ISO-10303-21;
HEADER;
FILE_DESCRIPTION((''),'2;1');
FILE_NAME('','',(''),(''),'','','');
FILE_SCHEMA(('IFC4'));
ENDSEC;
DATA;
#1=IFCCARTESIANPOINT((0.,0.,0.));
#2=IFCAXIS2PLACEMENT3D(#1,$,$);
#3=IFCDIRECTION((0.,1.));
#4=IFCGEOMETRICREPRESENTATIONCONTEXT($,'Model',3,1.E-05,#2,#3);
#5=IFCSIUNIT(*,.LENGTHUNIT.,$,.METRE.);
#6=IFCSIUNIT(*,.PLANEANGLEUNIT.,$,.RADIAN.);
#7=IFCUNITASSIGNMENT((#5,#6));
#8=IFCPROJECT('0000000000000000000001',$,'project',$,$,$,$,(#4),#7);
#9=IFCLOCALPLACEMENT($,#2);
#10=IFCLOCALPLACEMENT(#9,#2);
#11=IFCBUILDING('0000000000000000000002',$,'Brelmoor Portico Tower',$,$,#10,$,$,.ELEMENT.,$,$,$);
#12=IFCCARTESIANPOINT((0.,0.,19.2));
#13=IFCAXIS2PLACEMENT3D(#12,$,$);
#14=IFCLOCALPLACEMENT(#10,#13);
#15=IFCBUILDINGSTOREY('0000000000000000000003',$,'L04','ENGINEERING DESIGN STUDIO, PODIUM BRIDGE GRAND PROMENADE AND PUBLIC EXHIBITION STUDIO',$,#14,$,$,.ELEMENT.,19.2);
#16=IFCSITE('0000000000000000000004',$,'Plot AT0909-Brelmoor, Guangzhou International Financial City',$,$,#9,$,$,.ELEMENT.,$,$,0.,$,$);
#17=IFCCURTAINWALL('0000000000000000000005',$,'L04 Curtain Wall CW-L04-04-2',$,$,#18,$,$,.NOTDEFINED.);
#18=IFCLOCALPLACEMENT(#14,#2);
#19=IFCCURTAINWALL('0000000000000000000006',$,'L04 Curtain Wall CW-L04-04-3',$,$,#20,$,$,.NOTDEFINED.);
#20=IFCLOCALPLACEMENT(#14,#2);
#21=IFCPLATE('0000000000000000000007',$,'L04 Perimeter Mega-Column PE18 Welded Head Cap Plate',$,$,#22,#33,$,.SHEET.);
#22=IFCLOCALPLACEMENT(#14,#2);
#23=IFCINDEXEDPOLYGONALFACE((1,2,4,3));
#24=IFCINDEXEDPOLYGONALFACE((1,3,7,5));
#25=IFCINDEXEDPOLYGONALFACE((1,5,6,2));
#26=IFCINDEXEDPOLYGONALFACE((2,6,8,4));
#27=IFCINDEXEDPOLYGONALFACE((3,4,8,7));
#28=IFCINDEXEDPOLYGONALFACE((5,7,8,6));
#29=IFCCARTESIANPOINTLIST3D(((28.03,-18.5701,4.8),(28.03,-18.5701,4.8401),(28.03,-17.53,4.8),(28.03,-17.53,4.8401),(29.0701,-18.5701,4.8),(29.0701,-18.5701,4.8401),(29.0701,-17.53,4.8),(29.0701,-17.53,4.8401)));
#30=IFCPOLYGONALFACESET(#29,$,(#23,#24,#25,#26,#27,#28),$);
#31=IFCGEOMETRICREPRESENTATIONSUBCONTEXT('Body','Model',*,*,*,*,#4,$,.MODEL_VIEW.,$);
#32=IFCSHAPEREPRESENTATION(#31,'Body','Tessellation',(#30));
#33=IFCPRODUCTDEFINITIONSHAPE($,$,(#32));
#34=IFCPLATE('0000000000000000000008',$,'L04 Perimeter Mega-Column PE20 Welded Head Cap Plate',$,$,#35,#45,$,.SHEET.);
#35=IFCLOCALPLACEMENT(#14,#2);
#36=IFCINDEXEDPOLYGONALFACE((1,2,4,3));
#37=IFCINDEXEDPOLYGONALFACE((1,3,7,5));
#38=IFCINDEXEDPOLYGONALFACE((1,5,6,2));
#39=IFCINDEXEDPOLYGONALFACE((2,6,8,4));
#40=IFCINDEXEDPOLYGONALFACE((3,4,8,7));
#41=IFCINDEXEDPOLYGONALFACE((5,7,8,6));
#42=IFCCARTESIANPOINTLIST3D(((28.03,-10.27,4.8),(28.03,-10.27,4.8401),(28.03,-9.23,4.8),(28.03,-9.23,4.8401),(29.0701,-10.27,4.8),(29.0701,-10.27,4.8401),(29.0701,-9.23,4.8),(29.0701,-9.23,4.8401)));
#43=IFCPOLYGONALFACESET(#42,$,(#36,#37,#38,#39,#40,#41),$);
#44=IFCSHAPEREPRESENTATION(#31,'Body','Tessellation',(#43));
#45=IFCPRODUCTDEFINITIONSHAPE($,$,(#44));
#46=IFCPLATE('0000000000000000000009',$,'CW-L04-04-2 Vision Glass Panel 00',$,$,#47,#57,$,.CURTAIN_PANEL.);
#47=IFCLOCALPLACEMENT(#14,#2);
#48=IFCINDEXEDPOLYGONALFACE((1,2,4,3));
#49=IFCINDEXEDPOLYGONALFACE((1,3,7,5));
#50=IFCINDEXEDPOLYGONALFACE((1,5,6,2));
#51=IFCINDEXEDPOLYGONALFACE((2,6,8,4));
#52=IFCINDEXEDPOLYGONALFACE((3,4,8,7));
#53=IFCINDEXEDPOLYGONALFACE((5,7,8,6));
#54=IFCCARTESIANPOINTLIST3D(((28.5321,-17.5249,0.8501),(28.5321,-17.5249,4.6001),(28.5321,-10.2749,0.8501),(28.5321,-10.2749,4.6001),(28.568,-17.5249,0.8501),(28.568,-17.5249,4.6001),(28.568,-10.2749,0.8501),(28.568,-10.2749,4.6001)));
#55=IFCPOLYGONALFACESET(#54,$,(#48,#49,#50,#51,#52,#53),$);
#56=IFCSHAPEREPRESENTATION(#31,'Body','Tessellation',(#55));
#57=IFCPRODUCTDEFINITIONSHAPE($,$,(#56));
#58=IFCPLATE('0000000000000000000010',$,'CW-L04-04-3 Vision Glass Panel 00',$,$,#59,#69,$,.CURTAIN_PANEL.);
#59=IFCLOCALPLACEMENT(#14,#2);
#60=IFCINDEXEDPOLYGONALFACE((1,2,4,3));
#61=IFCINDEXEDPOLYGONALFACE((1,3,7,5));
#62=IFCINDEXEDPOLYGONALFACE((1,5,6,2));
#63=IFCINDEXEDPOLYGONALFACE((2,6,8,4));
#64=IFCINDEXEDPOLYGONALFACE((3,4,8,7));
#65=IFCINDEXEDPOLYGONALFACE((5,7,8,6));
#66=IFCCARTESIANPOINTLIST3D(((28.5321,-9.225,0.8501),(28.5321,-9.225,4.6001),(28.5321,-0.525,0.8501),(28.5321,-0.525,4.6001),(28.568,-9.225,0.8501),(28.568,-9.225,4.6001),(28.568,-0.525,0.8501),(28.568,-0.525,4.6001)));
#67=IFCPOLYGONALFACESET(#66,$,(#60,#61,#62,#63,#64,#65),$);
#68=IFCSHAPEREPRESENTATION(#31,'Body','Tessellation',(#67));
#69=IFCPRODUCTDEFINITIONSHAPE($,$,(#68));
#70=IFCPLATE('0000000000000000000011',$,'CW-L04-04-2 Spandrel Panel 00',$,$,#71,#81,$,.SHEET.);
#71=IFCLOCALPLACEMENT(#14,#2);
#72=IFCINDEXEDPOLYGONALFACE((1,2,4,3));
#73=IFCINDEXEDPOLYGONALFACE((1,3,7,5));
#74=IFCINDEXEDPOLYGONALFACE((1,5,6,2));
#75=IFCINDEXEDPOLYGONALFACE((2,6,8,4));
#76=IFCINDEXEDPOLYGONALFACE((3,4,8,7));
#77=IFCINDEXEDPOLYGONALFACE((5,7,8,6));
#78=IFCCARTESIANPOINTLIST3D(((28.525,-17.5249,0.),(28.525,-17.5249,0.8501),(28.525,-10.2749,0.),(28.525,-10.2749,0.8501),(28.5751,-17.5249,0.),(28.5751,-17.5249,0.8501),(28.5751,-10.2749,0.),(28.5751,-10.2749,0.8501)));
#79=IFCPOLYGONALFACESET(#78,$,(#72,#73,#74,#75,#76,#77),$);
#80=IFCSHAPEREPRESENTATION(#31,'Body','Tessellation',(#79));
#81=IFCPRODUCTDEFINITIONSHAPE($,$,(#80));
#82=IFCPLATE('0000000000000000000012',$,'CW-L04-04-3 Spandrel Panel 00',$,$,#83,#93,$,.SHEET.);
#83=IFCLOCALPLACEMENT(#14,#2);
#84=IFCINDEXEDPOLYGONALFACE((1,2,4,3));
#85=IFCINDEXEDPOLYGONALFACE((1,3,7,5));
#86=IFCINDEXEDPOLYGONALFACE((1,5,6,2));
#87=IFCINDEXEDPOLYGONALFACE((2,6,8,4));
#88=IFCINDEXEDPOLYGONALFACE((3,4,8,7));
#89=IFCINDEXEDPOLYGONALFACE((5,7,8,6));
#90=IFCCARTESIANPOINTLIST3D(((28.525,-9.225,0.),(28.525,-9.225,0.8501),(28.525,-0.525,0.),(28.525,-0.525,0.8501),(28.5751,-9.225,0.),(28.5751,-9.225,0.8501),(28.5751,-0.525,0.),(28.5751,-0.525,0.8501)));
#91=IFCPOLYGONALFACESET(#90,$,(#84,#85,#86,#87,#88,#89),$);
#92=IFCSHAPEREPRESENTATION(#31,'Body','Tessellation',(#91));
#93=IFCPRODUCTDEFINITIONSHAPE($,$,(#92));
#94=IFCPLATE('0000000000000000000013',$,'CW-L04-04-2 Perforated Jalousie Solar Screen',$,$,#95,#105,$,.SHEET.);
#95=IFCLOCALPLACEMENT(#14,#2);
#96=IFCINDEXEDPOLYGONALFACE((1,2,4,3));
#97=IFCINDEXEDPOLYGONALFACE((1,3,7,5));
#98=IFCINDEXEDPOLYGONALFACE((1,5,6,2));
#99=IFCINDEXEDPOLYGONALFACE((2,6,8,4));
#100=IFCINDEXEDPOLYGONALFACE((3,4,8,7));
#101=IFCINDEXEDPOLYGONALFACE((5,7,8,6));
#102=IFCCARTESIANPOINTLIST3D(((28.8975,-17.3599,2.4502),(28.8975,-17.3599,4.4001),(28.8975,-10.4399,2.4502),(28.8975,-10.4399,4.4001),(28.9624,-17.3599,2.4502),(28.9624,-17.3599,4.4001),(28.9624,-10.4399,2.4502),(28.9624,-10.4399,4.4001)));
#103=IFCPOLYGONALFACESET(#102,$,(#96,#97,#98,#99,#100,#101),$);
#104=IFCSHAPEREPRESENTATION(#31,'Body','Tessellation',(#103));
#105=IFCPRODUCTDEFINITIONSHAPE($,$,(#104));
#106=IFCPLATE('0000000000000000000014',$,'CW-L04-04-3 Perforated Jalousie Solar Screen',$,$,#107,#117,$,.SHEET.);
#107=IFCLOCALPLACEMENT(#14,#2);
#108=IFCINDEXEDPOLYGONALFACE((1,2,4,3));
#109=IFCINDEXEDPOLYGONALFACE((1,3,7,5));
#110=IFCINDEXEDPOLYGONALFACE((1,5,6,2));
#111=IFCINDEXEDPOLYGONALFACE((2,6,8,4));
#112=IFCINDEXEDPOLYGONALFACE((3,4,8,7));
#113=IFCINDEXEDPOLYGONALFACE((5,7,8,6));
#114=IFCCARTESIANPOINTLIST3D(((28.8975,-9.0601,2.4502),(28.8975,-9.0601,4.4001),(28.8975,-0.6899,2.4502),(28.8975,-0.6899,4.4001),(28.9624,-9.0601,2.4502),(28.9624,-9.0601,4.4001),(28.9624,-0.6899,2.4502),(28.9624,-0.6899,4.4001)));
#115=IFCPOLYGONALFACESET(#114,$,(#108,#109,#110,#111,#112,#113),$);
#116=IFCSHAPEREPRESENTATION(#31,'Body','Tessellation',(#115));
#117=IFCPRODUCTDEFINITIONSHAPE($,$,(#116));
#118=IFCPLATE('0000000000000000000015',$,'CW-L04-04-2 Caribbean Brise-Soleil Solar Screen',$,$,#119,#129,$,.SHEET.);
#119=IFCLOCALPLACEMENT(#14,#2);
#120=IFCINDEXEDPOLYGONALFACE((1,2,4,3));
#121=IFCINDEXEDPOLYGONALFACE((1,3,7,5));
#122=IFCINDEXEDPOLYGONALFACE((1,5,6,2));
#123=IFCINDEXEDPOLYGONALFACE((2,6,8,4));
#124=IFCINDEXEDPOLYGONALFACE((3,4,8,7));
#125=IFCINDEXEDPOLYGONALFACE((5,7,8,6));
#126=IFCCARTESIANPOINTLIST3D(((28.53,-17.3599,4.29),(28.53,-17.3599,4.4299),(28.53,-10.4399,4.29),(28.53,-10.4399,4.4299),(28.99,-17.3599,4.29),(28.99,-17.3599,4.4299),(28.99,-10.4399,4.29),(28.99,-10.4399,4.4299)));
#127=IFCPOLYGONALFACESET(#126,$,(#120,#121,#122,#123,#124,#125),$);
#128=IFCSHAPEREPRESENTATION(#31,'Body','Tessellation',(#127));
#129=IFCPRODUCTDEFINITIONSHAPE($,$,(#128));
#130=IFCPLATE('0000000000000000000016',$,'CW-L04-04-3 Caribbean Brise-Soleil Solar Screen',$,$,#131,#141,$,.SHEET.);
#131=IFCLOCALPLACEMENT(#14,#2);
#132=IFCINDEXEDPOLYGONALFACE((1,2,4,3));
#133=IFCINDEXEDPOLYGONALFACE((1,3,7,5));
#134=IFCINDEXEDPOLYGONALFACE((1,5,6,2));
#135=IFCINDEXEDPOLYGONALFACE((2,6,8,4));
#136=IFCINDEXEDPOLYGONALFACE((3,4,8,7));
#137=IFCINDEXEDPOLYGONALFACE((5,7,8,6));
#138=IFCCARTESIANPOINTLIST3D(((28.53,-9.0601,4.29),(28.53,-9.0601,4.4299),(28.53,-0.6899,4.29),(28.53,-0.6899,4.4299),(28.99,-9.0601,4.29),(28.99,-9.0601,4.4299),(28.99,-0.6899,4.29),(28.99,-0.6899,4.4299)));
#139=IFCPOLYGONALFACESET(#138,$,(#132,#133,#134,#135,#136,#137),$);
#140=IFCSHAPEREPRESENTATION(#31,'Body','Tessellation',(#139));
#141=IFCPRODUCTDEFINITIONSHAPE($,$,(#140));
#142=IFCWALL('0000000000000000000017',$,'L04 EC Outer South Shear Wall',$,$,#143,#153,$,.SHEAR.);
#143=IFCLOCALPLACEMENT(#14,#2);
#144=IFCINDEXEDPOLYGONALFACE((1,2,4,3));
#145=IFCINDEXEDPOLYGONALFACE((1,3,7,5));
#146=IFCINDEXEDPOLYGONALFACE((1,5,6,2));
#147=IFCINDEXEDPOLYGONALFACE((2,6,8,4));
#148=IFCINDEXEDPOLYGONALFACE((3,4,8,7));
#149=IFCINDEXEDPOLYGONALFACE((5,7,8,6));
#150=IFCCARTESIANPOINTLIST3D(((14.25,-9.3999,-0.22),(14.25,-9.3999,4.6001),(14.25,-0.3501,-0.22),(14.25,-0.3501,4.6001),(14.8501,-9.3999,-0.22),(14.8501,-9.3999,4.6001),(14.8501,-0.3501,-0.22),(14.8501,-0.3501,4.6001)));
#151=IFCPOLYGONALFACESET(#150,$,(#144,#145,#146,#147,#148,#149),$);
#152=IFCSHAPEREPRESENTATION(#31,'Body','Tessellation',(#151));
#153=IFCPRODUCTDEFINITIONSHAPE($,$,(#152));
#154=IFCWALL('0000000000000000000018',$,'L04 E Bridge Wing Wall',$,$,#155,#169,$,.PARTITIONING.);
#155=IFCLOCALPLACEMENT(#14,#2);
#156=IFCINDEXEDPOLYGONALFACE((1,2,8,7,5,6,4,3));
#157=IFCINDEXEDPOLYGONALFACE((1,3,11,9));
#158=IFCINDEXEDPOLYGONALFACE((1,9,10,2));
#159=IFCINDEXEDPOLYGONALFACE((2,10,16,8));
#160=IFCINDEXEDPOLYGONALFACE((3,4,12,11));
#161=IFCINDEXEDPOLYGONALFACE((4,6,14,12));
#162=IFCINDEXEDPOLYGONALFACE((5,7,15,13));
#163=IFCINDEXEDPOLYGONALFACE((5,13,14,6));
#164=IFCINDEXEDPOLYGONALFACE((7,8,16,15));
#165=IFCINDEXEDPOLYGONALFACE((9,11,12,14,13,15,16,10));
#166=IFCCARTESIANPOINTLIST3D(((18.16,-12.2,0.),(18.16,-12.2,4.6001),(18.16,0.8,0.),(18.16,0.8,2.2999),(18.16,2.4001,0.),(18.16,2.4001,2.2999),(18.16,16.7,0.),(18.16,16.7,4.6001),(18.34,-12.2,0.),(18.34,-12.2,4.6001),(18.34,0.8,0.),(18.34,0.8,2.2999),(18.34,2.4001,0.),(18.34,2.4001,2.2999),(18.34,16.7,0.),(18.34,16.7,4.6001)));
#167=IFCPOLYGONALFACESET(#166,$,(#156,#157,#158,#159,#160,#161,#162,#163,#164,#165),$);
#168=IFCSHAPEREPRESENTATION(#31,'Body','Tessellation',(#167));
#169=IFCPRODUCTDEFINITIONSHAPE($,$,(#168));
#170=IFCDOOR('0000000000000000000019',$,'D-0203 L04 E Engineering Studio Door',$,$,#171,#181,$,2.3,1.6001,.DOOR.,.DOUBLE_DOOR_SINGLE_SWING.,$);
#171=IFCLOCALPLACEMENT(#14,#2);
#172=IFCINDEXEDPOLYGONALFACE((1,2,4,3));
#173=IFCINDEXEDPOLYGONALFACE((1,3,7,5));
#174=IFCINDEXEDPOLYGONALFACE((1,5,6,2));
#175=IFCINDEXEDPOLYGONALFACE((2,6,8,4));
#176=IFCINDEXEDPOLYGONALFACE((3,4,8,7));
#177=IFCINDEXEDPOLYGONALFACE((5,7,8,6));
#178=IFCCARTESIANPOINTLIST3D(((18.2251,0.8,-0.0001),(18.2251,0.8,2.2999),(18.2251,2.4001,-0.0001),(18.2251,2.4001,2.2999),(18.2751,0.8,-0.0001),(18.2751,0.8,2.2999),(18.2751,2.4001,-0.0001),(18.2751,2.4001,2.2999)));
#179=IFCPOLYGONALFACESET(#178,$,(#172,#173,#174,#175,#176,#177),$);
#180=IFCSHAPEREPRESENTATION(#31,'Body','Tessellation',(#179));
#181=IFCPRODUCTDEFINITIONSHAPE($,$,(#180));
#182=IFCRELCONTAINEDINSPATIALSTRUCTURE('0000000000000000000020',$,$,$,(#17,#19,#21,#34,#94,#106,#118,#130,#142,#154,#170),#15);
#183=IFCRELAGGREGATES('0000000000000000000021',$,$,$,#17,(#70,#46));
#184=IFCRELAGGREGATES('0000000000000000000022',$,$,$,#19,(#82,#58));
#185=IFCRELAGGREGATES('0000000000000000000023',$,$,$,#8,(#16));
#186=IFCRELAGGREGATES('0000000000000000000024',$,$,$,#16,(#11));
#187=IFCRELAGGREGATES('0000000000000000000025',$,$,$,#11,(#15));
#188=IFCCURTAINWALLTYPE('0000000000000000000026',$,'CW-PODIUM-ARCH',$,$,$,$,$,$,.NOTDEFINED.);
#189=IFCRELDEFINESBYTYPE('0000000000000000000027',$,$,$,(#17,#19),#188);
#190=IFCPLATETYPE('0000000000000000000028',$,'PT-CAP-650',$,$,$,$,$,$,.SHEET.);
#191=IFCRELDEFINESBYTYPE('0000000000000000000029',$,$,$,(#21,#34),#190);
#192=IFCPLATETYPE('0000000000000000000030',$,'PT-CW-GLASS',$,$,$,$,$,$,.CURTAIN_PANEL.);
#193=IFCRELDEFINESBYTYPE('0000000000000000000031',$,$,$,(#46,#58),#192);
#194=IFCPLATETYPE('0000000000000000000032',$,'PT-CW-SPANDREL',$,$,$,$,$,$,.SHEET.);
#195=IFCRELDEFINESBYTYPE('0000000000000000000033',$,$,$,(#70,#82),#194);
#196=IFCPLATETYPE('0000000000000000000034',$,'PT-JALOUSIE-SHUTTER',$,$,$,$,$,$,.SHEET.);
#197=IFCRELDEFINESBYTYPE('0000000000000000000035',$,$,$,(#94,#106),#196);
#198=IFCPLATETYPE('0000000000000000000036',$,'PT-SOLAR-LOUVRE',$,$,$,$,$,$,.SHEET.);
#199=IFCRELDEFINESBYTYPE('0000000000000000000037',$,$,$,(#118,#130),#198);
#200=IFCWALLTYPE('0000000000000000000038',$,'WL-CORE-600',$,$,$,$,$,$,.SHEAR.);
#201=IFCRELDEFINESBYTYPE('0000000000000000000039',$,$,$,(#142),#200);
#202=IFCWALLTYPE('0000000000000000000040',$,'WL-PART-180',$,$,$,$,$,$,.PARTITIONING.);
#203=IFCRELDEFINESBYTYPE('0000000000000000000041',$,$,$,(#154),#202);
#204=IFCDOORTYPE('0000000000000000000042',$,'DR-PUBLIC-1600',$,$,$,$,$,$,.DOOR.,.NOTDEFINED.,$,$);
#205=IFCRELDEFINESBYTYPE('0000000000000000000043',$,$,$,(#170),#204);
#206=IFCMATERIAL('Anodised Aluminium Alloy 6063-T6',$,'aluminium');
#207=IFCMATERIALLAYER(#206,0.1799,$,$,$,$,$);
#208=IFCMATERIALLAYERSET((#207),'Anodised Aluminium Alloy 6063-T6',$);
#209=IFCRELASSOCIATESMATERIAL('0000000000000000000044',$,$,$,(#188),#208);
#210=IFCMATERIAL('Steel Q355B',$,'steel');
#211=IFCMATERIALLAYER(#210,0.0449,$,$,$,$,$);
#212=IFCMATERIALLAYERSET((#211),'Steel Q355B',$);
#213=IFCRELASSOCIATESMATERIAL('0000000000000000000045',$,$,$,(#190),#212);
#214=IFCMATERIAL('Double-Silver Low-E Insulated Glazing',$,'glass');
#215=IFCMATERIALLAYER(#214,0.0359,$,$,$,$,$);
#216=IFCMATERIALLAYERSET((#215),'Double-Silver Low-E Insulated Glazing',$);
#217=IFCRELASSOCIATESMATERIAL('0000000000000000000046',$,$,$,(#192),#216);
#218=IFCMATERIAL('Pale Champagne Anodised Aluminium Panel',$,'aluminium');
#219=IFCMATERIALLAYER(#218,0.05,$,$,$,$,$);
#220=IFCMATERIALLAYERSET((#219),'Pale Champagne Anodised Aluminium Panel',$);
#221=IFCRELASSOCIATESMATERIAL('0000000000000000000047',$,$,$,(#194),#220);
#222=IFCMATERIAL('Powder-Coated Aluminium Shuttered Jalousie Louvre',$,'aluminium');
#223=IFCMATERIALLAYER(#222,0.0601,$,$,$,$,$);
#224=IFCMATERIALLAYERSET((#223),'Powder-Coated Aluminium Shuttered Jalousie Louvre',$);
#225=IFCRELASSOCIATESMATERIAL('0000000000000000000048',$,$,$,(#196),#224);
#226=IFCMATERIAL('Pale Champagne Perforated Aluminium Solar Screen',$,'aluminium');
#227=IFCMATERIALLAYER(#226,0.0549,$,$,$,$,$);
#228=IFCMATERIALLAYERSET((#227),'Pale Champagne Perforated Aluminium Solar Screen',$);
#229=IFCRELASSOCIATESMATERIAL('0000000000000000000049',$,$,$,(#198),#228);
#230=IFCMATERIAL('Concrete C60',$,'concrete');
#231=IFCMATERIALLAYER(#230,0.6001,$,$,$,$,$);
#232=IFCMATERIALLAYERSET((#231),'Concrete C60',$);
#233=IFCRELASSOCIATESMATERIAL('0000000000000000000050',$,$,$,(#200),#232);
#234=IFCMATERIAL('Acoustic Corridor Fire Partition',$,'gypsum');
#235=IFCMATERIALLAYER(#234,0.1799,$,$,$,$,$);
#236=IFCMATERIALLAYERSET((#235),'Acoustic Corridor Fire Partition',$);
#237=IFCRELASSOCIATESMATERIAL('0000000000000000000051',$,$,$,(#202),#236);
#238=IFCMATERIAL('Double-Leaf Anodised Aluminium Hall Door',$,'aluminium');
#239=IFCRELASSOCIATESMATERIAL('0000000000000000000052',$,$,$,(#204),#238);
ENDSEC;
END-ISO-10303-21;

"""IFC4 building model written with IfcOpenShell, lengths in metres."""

from ifc_helpers import new_model, si_unit, direction, frame, frame_2d, origin, origin_2d, place, context, subcontext, project, spatial, rectangle, extrude, material, layer, layer_set, type_object, element, fill, aggregate, save


model = new_model("IFC4")

# Units and contexts
model_context = context("Model", 3, precision=1e-05, world=origin(), true_north=direction((0.0, 1.0)))
body_context = subcontext(model_context, "Body", "Model", "MODEL_VIEW")
ifc_project = project(units=[si_unit("LENGTHUNIT", "METRE"), si_unit("PLANEANGLEUNIT", "RADIAN")], contexts=[model_context])

# Site, building, storey
site_placement = place(None, origin())
site = spatial("IfcSite", under=ifc_project, at=site_placement, Name="Plot AT0909-Brelmoor, Guangzhou International Financial City", CompositionType="ELEMENT", RefElevation=0.0)
building_placement = place(site_placement, origin())
building = spatial("IfcBuilding", under=site, at=building_placement, Name="Brelmoor Portico Tower", CompositionType="ELEMENT")
storey_placement = place(building_placement, frame((0.0, 0.0, 19.2)))
storey = spatial("IfcBuildingStorey", under=building, at=storey_placement, Name="L04", Description="ENGINEERING DESIGN STUDIO, PODIUM BRIDGE GRAND PROMENADE AND PUBLIC EXHIBITION STUDIO", CompositionType="ELEMENT", Elevation=19.2)

# Shared definitions
ifc_material_1 = material(Name="Steel Q355B", Category="steel")

# Curtain walls
ifc_material_2 = material(Name="Anodised Aluminium Alloy 6063-T6", Category="aluminium")
ifc_layer_1 = layer(ifc_material_2, 0.1799)
ifc_layer_set_1 = layer_set([ifc_layer_1], Name="Anodised Aluminium Alloy 6063-T6")
curtain_wall_type = type_object("IfcCurtainWallType", Name="CW-PODIUM-ARCH", PredefinedType="NOTDEFINED", material=ifc_layer_set_1)
curtain_wall_1_placement = place(storey_placement, origin())
curtain_wall_1 = element("IfcCurtainWall", 1, at=curtain_wall_1_placement, inside=storey, type_object=curtain_wall_type, Name="L04 Curtain Wall CW-L04-04-2", PredefinedType="NOTDEFINED")
curtain_wall_2_placement = place(storey_placement, origin())
curtain_wall_2 = element("IfcCurtainWall", 2, at=curtain_wall_2_placement, inside=storey, type_object=curtain_wall_type, Name="L04 Curtain Wall CW-L04-04-3", PredefinedType="NOTDEFINED")

# Plates
ifc_layer_2 = layer(ifc_material_1, 0.0449)
ifc_layer_set_2 = layer_set([ifc_layer_2], Name="Steel Q355B")
plate_type_1 = type_object("IfcPlateType", Name="PT-CAP-650", PredefinedType="SHEET", material=ifc_layer_set_2)
for number, where, z_axis, x_axis, name in (
    (3, (28.55, -18.05, 4.8), (0.0, 0.0, 1.0), (0.0, 1.0, 0.0), "L04 Perimeter Mega-Column PE18 Welded Head Cap Plate"),
    (4, (28.55, -9.75, 4.8), (0.0, 0.0, 1.0), (0.0, 1.0, 0.0), "L04 Perimeter Mega-Column PE20 Welded Head Cap Plate"),
):
    element("IfcPlate", number, at=place(storey_placement, frame(where, z_axis=z_axis, x_axis=x_axis)), inside=storey, type_object=plate_type_1, Name=name, PredefinedType="SHEET", context=body_context, shape_type="SweptSolid", body=[
        extrude(rectangle(XDim=1.04, YDim=1.04, at=origin_2d()), origin(), (0.0, 0.0, 1.0), 0.04),
    ])

# Plates
ifc_material_3 = material(Name="Double-Silver Low-E Insulated Glazing", Category="glass")
ifc_layer_3 = layer(ifc_material_3, 0.0359)
ifc_layer_set_3 = layer_set([ifc_layer_3], Name="Double-Silver Low-E Insulated Glazing")
plate_type_2 = type_object("IfcPlateType", Name="PT-CW-GLASS", PredefinedType="CURTAIN_PANEL", material=ifc_layer_set_3)
plate_1_placement = place(storey_placement, frame((28.55, -13.8999, 0.8501), z_axis=(0.0, 0.0, 1.0), x_axis=(0.0, 1.0, 0.0)))
plate_1 = element("IfcPlate", 5, at=plate_1_placement, type_object=plate_type_2, Name="CW-L04-04-2 Vision Glass Panel 00", PredefinedType="CURTAIN_PANEL", context=body_context, shape_type="SweptSolid", body=[
    extrude(rectangle(XDim=7.25, YDim=0.0359, at=origin_2d()), origin(), (0.0, 0.0, 1.0), 3.75),
])
plate_2_placement = place(storey_placement, frame((28.55, -4.875, 0.8501), z_axis=(0.0, 0.0, 1.0), x_axis=(0.0, 1.0, 0.0)))
plate_2 = element("IfcPlate", 6, at=plate_2_placement, type_object=plate_type_2, Name="CW-L04-04-3 Vision Glass Panel 00", PredefinedType="CURTAIN_PANEL", context=body_context, shape_type="SweptSolid", body=[
    extrude(rectangle(XDim=8.7, YDim=0.0359, at=origin_2d()), origin(), (0.0, 0.0, 1.0), 3.75),
])
ifc_material_4 = material(Name="Pale Champagne Anodised Aluminium Panel", Category="aluminium")
ifc_layer_4 = layer(ifc_material_4, 0.05)
ifc_layer_set_4 = layer_set([ifc_layer_4], Name="Pale Champagne Anodised Aluminium Panel")
plate_type_3 = type_object("IfcPlateType", Name="PT-CW-SPANDREL", PredefinedType="SHEET", material=ifc_layer_set_4)
plate_3_placement = place(storey_placement, frame((28.55, -13.8999, 0.0), z_axis=(0.0, 0.0, 1.0), x_axis=(0.0, 1.0, 0.0)))
plate_3 = element("IfcPlate", 7, at=plate_3_placement, type_object=plate_type_3, Name="CW-L04-04-2 Spandrel Panel 00", PredefinedType="SHEET", context=body_context, shape_type="SweptSolid", body=[
    extrude(rectangle(XDim=7.25, YDim=0.05, at=origin_2d()), origin(), (0.0, 0.0, 1.0), 0.8501),
])
aggregate(curtain_wall_1, [plate_3, plate_1])
plate_4_placement = place(storey_placement, frame((28.55, -4.875, 0.0), z_axis=(0.0, 0.0, 1.0), x_axis=(0.0, 1.0, 0.0)))
plate_4 = element("IfcPlate", 8, at=plate_4_placement, type_object=plate_type_3, Name="CW-L04-04-3 Spandrel Panel 00", PredefinedType="SHEET", context=body_context, shape_type="SweptSolid", body=[
    extrude(rectangle(XDim=8.7, YDim=0.05, at=origin_2d()), origin(), (0.0, 0.0, 1.0), 0.8501),
])
aggregate(curtain_wall_2, [plate_4, plate_2])

# Plates
ifc_material_5 = material(Name="Powder-Coated Aluminium Shuttered Jalousie Louvre", Category="aluminium")
ifc_layer_5 = layer(ifc_material_5, 0.0601)
ifc_layer_set_5 = layer_set([ifc_layer_5], Name="Powder-Coated Aluminium Shuttered Jalousie Louvre")
plate_type_4 = type_object("IfcPlateType", Name="PT-JALOUSIE-SHUTTER", PredefinedType="SHEET", material=ifc_layer_set_5)
plate_5_placement = place(storey_placement, frame((28.9299, -13.8999, 2.4502), z_axis=(0.0, 0.0, 1.0), x_axis=(0.0, 1.0, 0.0)))
element("IfcPlate", 9, at=plate_5_placement, inside=storey, type_object=plate_type_4, Name="CW-L04-04-2 Perforated Jalousie Solar Screen", PredefinedType="SHEET", context=body_context, shape_type="SweptSolid", body=[
    extrude(rectangle(XDim=6.9199, YDim=0.0649, at=origin_2d()), origin(), (0.0, 0.0, 1.0), 1.95),
])
plate_6_placement = place(storey_placement, frame((28.9299, -4.875, 2.4502), z_axis=(0.0, 0.0, 1.0), x_axis=(0.0, 1.0, 0.0)))
element("IfcPlate", 10, at=plate_6_placement, inside=storey, type_object=plate_type_4, Name="CW-L04-04-3 Perforated Jalousie Solar Screen", PredefinedType="SHEET", context=body_context, shape_type="SweptSolid", body=[
    extrude(rectangle(XDim=8.3701, YDim=0.0649, at=origin_2d()), origin(), (0.0, 0.0, 1.0), 1.95),
])
ifc_material_6 = material(Name="Pale Champagne Perforated Aluminium Solar Screen", Category="aluminium")
ifc_layer_6 = layer(ifc_material_6, 0.0549)
ifc_layer_set_6 = layer_set([ifc_layer_6], Name="Pale Champagne Perforated Aluminium Solar Screen")
plate_type_5 = type_object("IfcPlateType", Name="PT-SOLAR-LOUVRE", PredefinedType="SHEET", material=ifc_layer_set_6)
plate_7_placement = place(storey_placement, frame((28.76, -13.8999, 4.29), z_axis=(0.0, 0.0, 1.0), x_axis=(0.0, 1.0, 0.0)))
element("IfcPlate", 11, at=plate_7_placement, inside=storey, type_object=plate_type_5, Name="CW-L04-04-2 Caribbean Brise-Soleil Solar Screen", PredefinedType="SHEET", context=body_context, shape_type="SweptSolid", body=[
    extrude(rectangle(XDim=6.9199, YDim=0.46, at=origin_2d()), origin(), (0.0, 0.0, 1.0), 0.1399),
])
plate_8_placement = place(storey_placement, frame((28.76, -4.875, 4.29), z_axis=(0.0, 0.0, 1.0), x_axis=(0.0, 1.0, 0.0)))
element("IfcPlate", 12, at=plate_8_placement, inside=storey, type_object=plate_type_5, Name="CW-L04-04-3 Caribbean Brise-Soleil Solar Screen", PredefinedType="SHEET", context=body_context, shape_type="SweptSolid", body=[
    extrude(rectangle(XDim=8.3701, YDim=0.46, at=origin_2d()), origin(), (0.0, 0.0, 1.0), 0.1399),
])

# Wall
ifc_material_7 = material(Name="Concrete C60", Category="concrete")
ifc_layer_7 = layer(ifc_material_7, 0.6001)
ifc_layer_set_7 = layer_set([ifc_layer_7], Name="Concrete C60")
wall_type_1 = type_object("IfcWallType", Name="WL-CORE-600", PredefinedType="SHEAR", material=ifc_layer_set_7)
wall_1_placement = place(storey_placement, frame((14.55, -9.3999, -0.22), z_axis=(0.0, 0.0, 1.0), x_axis=(0.0, 1.0, 0.0)))
element("IfcWall", 13, at=wall_1_placement, inside=storey, type_object=wall_type_1, Name="L04 EC Outer South Shear Wall", PredefinedType="SHEAR", context=body_context, shape_type="SweptSolid", body=[
    extrude(rectangle(XDim=9.0498, YDim=0.6001, at=frame_2d((4.5249, 0.0))), origin(), (0.0, 0.0, 1.0), 4.8201),
])

# Wall, opening, door
ifc_material_8 = material(Name="Acoustic Corridor Fire Partition", Category="gypsum")
ifc_layer_8 = layer(ifc_material_8, 0.1799)
ifc_layer_set_8 = layer_set([ifc_layer_8], Name="Acoustic Corridor Fire Partition")
wall_type_2 = type_object("IfcWallType", Name="WL-PART-180", PredefinedType="PARTITIONING", material=ifc_layer_set_8)
wall_2_placement = place(storey_placement, frame((18.25, -12.2, 0.0), z_axis=(0.0, 0.0, 1.0), x_axis=(0.0, 1.0, 0.0)))
wall_2 = element("IfcWall", 14, at=wall_2_placement, inside=storey, type_object=wall_type_2, Name="L04 E Bridge Wing Wall", PredefinedType="PARTITIONING", context=body_context, shape_type="SweptSolid", body=[
    extrude(rectangle(XDim=28.8999, YDim=0.1799, at=frame_2d((14.45, 0.0))), origin(), (0.0, 0.0, 1.0), 4.6001),
])
opening_placement = place(wall_2_placement, frame((13.0, 0.0, 0.0)))
opening = element("IfcOpeningElement", 15, at=opening_placement, cuts=wall_2, PredefinedType="OPENING", context=body_context, shape_type="SweptSolid", body=[
    extrude(rectangle(XDim=1.6001, YDim=2.3, at=frame_2d((0.8, 1.1499))), frame((0.0, 0.0999, 0.0), z_axis=(0.0, -1.0, 0.0), x_axis=(1.0, 0.0, 0.0)), (0.0, 0.0, 1.0), 0.2),
])
ifc_material_9 = material(Name="Double-Leaf Anodised Aluminium Hall Door", Category="aluminium")
door_type = type_object("IfcDoorType", Name="DR-PUBLIC-1600", OperationType="NOTDEFINED", PredefinedType="DOOR", material=ifc_material_9)
door_placement = place(opening_placement, origin())
door = element("IfcDoor", 16, at=door_placement, inside=storey, type_object=door_type, Name="D-0203 L04 E Engineering Studio Door", OperationType="DOUBLE_DOOR_SINGLE_SWING", OverallHeight=2.3, OverallWidth=1.6001, PredefinedType="DOOR", context=body_context, shape_type="SweptSolid", body=[
    extrude(rectangle(XDim=1.6001, YDim=2.3, at=frame_2d((0.8, 1.1499))), frame((0.0, 0.0249, 0.0), z_axis=(0.0, -1.0, 0.0), x_axis=(1.0, 0.0, 0.0)), (0.0, 0.0, 1.0), 0.05),
])
fill(opening, door)

save(model, "model.ifc")
